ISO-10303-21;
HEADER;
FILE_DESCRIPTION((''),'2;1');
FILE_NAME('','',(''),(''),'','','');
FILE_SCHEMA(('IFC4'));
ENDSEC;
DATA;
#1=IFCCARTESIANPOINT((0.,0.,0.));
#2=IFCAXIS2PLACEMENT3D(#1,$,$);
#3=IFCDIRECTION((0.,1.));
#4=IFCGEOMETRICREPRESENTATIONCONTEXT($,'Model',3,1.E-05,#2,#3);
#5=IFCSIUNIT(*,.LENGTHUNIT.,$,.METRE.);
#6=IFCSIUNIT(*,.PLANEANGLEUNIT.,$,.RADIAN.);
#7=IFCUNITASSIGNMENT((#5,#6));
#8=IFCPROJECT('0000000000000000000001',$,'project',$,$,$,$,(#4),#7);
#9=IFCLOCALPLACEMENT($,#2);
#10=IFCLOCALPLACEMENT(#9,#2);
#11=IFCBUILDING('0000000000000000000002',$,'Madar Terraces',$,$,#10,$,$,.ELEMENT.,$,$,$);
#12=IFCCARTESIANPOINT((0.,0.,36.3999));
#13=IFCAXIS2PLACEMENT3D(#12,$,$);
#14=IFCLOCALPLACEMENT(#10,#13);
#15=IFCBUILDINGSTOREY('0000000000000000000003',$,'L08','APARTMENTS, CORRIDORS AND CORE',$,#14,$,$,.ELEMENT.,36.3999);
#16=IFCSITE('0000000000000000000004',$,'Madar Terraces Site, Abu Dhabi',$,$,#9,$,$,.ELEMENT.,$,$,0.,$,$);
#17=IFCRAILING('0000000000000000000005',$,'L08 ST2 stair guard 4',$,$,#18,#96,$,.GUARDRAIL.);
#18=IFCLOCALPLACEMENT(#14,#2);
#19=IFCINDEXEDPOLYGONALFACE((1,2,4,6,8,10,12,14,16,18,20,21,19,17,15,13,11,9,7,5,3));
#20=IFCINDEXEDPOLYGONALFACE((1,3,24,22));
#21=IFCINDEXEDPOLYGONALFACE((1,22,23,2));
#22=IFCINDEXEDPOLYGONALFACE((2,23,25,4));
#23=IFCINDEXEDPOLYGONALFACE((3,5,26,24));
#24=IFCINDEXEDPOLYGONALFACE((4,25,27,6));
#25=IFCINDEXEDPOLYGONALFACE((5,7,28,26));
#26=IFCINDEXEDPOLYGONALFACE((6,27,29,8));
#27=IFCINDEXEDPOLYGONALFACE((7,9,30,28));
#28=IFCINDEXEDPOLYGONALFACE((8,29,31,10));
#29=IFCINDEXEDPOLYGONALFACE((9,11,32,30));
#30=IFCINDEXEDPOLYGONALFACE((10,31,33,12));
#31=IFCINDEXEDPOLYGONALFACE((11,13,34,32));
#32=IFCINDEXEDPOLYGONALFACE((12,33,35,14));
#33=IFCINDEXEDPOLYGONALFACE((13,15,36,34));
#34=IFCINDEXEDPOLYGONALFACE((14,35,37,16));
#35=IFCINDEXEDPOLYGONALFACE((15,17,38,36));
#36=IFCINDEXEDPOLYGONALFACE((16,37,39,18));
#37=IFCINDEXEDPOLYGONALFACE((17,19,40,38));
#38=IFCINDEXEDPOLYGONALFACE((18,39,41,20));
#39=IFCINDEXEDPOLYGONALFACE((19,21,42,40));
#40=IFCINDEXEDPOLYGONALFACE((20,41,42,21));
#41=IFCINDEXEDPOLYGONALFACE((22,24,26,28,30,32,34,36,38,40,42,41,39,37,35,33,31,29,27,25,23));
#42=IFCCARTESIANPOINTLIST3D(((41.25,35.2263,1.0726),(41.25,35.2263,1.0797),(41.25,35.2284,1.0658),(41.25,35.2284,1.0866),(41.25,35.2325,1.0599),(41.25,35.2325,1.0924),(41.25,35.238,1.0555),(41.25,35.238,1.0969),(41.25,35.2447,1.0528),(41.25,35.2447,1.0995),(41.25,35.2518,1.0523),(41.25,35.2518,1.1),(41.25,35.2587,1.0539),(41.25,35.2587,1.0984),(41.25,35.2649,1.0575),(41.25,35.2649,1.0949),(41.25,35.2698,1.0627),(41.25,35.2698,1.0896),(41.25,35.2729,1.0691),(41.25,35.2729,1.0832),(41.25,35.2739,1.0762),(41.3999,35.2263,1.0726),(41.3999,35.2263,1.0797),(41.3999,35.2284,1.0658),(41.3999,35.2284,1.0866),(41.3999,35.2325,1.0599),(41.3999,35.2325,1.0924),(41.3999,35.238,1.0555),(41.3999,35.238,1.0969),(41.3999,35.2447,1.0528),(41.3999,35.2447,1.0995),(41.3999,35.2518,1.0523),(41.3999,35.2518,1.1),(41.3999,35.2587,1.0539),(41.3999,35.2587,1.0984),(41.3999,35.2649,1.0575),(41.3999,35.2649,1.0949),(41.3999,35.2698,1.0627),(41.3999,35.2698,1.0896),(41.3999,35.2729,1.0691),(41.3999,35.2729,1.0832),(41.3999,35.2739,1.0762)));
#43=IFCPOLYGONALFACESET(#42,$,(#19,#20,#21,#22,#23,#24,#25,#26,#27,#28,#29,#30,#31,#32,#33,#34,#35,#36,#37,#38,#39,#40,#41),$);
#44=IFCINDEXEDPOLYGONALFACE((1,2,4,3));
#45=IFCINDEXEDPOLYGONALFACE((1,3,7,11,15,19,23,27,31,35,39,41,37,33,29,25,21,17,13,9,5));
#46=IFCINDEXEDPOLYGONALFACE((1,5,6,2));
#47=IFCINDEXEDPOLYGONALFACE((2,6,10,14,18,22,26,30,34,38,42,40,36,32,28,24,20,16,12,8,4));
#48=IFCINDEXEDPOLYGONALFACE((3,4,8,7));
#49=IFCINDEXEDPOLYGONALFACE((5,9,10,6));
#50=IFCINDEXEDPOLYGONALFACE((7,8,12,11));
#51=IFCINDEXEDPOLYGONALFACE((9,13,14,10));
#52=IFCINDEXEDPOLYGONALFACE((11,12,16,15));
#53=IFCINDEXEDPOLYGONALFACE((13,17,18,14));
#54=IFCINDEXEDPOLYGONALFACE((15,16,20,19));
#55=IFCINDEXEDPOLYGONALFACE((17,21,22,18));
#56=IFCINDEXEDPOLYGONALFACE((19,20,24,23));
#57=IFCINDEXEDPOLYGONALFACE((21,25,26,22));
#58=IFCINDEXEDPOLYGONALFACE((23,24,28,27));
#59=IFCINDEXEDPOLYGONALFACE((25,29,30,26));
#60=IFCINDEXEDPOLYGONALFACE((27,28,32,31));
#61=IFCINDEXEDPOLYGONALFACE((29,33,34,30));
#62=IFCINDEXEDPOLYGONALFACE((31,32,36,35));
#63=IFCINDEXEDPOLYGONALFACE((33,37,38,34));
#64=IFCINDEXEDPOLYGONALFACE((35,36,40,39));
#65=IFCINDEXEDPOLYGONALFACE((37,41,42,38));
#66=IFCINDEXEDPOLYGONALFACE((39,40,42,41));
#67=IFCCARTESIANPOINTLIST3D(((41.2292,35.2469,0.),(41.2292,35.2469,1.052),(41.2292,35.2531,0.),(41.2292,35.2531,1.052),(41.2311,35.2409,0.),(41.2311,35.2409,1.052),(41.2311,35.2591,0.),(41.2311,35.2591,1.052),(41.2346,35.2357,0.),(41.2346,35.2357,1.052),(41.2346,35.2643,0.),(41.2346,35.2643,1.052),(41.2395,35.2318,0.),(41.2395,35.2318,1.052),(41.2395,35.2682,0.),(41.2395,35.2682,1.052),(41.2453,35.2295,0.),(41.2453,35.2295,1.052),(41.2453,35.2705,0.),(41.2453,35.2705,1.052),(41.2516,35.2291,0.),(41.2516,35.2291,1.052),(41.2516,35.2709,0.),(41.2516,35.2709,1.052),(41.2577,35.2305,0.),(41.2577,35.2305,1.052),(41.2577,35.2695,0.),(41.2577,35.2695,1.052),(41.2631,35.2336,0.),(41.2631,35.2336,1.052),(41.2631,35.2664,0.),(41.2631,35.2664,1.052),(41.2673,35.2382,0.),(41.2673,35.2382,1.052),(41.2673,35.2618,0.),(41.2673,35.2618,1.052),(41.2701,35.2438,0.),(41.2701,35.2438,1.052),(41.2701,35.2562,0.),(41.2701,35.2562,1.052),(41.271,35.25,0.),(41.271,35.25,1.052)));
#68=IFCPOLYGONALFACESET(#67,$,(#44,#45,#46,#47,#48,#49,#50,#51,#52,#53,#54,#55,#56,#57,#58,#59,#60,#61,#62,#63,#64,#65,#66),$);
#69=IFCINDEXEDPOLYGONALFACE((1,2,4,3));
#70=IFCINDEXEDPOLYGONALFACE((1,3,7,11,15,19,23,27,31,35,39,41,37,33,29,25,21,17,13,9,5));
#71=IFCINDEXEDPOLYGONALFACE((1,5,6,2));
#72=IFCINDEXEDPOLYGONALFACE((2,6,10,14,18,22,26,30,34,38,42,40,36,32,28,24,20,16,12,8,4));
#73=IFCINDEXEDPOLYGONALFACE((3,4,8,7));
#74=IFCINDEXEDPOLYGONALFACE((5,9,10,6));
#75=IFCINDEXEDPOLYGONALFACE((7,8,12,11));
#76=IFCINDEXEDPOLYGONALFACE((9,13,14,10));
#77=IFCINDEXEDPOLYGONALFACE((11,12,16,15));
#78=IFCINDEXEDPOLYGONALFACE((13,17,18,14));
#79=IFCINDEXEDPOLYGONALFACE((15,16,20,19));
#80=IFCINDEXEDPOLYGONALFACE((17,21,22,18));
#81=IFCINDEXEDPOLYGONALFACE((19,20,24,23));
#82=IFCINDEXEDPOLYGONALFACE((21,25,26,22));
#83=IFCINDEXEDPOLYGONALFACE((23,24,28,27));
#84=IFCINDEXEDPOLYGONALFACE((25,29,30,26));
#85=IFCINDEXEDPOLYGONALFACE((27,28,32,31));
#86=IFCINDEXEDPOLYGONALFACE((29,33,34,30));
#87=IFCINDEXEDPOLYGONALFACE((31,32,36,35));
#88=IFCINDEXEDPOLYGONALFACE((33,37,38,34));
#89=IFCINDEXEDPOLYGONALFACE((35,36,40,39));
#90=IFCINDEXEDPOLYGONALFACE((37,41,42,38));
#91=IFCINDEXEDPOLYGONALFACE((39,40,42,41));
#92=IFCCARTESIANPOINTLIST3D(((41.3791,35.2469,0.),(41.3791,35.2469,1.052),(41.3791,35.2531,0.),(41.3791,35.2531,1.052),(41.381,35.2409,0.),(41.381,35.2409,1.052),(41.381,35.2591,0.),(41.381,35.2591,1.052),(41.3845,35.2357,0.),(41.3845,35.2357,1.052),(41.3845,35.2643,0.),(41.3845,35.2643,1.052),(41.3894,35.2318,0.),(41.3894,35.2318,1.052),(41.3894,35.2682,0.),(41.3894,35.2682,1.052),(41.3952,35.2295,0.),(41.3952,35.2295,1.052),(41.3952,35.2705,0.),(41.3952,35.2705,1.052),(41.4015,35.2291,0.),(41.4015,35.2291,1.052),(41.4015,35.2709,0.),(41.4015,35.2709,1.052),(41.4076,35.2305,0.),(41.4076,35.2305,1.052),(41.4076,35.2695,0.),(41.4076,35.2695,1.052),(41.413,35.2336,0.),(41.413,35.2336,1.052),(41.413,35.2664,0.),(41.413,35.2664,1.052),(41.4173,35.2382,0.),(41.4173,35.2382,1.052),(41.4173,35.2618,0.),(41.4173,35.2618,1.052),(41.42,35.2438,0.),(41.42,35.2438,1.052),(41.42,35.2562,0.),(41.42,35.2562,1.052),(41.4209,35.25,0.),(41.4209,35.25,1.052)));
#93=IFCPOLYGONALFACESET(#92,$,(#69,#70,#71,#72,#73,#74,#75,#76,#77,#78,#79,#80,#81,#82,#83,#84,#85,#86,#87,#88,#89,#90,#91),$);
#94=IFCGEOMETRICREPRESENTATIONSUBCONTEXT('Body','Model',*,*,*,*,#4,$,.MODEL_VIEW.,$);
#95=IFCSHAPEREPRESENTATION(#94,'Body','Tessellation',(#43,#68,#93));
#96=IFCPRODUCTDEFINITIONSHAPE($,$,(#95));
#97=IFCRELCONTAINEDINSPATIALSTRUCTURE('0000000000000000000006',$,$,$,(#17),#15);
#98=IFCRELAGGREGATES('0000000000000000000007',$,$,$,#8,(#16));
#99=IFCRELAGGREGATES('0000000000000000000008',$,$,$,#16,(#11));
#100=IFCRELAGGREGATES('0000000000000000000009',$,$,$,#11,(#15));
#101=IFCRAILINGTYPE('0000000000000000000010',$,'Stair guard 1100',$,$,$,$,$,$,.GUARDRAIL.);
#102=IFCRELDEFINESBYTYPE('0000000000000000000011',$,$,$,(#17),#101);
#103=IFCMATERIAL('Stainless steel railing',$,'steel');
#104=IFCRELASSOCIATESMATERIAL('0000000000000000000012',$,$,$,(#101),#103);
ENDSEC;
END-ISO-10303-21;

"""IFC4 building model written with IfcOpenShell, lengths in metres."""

from ifc_helpers import new_model, si_unit, direction, frame, origin, origin_2d, place, context, subcontext, project, spatial, circle, extrude, material, type_object, element, save


model = new_model("IFC4")

# Units and contexts
model_context = context("Model", 3, precision=1e-05, world=origin(), true_north=direction((0.0, 1.0)))
body_context = subcontext(model_context, "Body", "Model", "MODEL_VIEW")
ifc_project = project(units=[si_unit("LENGTHUNIT", "METRE"), si_unit("PLANEANGLEUNIT", "RADIAN")], contexts=[model_context])

# Site, building, storey
site_placement = place(None, origin())
site = spatial("IfcSite", under=ifc_project, at=site_placement, Name="Madar Terraces Site, Abu Dhabi", CompositionType="ELEMENT", RefElevation=0.0)
building_placement = place(site_placement, origin())
building = spatial("IfcBuilding", under=site, at=building_placement, Name="Madar Terraces", CompositionType="ELEMENT")
storey_placement = place(building_placement, frame((0.0, 0.0, 36.3999)))
storey = spatial("IfcBuildingStorey", under=building, at=storey_placement, Name="L08", Description="APARTMENTS, CORRIDORS AND CORE", CompositionType="ELEMENT", Elevation=36.3999)

# Railing
ifc_material_1 = material(Name="Stainless steel railing", Category="steel")
railing_type_1 = type_object("IfcRailingType", Name="Stair guard 1100", PredefinedType="GUARDRAIL", material=ifc_material_1)
railing_1_placement = place(storey_placement, frame((41.25, 35.25, 0.0)))
element("IfcRailing", 1, at=railing_1_placement, inside=storey, type_object=railing_type_1, Name="L08 ST2 stair guard 4", PredefinedType="GUARDRAIL", context=body_context, shape_type="SweptSolid", body=[
    extrude(circle(Radius=0.0239, at=origin_2d()), frame((0.0, 0.0, 1.0762), z_axis=(1.0, 0.0, 0.0), x_axis=(0.0, 1.0, 0.0)), (0.0, 0.0, 1.0), 0.1499),
    extrude(circle(Radius=0.021, at=origin_2d()), origin(), (0.0, 0.0, 1.0), 1.052),
    extrude(circle(Radius=0.021, at=origin_2d()), frame((0.1499, 0.0, 0.0)), (0.0, 0.0, 1.0), 1.052),
])

save(model, "model.ifc")
